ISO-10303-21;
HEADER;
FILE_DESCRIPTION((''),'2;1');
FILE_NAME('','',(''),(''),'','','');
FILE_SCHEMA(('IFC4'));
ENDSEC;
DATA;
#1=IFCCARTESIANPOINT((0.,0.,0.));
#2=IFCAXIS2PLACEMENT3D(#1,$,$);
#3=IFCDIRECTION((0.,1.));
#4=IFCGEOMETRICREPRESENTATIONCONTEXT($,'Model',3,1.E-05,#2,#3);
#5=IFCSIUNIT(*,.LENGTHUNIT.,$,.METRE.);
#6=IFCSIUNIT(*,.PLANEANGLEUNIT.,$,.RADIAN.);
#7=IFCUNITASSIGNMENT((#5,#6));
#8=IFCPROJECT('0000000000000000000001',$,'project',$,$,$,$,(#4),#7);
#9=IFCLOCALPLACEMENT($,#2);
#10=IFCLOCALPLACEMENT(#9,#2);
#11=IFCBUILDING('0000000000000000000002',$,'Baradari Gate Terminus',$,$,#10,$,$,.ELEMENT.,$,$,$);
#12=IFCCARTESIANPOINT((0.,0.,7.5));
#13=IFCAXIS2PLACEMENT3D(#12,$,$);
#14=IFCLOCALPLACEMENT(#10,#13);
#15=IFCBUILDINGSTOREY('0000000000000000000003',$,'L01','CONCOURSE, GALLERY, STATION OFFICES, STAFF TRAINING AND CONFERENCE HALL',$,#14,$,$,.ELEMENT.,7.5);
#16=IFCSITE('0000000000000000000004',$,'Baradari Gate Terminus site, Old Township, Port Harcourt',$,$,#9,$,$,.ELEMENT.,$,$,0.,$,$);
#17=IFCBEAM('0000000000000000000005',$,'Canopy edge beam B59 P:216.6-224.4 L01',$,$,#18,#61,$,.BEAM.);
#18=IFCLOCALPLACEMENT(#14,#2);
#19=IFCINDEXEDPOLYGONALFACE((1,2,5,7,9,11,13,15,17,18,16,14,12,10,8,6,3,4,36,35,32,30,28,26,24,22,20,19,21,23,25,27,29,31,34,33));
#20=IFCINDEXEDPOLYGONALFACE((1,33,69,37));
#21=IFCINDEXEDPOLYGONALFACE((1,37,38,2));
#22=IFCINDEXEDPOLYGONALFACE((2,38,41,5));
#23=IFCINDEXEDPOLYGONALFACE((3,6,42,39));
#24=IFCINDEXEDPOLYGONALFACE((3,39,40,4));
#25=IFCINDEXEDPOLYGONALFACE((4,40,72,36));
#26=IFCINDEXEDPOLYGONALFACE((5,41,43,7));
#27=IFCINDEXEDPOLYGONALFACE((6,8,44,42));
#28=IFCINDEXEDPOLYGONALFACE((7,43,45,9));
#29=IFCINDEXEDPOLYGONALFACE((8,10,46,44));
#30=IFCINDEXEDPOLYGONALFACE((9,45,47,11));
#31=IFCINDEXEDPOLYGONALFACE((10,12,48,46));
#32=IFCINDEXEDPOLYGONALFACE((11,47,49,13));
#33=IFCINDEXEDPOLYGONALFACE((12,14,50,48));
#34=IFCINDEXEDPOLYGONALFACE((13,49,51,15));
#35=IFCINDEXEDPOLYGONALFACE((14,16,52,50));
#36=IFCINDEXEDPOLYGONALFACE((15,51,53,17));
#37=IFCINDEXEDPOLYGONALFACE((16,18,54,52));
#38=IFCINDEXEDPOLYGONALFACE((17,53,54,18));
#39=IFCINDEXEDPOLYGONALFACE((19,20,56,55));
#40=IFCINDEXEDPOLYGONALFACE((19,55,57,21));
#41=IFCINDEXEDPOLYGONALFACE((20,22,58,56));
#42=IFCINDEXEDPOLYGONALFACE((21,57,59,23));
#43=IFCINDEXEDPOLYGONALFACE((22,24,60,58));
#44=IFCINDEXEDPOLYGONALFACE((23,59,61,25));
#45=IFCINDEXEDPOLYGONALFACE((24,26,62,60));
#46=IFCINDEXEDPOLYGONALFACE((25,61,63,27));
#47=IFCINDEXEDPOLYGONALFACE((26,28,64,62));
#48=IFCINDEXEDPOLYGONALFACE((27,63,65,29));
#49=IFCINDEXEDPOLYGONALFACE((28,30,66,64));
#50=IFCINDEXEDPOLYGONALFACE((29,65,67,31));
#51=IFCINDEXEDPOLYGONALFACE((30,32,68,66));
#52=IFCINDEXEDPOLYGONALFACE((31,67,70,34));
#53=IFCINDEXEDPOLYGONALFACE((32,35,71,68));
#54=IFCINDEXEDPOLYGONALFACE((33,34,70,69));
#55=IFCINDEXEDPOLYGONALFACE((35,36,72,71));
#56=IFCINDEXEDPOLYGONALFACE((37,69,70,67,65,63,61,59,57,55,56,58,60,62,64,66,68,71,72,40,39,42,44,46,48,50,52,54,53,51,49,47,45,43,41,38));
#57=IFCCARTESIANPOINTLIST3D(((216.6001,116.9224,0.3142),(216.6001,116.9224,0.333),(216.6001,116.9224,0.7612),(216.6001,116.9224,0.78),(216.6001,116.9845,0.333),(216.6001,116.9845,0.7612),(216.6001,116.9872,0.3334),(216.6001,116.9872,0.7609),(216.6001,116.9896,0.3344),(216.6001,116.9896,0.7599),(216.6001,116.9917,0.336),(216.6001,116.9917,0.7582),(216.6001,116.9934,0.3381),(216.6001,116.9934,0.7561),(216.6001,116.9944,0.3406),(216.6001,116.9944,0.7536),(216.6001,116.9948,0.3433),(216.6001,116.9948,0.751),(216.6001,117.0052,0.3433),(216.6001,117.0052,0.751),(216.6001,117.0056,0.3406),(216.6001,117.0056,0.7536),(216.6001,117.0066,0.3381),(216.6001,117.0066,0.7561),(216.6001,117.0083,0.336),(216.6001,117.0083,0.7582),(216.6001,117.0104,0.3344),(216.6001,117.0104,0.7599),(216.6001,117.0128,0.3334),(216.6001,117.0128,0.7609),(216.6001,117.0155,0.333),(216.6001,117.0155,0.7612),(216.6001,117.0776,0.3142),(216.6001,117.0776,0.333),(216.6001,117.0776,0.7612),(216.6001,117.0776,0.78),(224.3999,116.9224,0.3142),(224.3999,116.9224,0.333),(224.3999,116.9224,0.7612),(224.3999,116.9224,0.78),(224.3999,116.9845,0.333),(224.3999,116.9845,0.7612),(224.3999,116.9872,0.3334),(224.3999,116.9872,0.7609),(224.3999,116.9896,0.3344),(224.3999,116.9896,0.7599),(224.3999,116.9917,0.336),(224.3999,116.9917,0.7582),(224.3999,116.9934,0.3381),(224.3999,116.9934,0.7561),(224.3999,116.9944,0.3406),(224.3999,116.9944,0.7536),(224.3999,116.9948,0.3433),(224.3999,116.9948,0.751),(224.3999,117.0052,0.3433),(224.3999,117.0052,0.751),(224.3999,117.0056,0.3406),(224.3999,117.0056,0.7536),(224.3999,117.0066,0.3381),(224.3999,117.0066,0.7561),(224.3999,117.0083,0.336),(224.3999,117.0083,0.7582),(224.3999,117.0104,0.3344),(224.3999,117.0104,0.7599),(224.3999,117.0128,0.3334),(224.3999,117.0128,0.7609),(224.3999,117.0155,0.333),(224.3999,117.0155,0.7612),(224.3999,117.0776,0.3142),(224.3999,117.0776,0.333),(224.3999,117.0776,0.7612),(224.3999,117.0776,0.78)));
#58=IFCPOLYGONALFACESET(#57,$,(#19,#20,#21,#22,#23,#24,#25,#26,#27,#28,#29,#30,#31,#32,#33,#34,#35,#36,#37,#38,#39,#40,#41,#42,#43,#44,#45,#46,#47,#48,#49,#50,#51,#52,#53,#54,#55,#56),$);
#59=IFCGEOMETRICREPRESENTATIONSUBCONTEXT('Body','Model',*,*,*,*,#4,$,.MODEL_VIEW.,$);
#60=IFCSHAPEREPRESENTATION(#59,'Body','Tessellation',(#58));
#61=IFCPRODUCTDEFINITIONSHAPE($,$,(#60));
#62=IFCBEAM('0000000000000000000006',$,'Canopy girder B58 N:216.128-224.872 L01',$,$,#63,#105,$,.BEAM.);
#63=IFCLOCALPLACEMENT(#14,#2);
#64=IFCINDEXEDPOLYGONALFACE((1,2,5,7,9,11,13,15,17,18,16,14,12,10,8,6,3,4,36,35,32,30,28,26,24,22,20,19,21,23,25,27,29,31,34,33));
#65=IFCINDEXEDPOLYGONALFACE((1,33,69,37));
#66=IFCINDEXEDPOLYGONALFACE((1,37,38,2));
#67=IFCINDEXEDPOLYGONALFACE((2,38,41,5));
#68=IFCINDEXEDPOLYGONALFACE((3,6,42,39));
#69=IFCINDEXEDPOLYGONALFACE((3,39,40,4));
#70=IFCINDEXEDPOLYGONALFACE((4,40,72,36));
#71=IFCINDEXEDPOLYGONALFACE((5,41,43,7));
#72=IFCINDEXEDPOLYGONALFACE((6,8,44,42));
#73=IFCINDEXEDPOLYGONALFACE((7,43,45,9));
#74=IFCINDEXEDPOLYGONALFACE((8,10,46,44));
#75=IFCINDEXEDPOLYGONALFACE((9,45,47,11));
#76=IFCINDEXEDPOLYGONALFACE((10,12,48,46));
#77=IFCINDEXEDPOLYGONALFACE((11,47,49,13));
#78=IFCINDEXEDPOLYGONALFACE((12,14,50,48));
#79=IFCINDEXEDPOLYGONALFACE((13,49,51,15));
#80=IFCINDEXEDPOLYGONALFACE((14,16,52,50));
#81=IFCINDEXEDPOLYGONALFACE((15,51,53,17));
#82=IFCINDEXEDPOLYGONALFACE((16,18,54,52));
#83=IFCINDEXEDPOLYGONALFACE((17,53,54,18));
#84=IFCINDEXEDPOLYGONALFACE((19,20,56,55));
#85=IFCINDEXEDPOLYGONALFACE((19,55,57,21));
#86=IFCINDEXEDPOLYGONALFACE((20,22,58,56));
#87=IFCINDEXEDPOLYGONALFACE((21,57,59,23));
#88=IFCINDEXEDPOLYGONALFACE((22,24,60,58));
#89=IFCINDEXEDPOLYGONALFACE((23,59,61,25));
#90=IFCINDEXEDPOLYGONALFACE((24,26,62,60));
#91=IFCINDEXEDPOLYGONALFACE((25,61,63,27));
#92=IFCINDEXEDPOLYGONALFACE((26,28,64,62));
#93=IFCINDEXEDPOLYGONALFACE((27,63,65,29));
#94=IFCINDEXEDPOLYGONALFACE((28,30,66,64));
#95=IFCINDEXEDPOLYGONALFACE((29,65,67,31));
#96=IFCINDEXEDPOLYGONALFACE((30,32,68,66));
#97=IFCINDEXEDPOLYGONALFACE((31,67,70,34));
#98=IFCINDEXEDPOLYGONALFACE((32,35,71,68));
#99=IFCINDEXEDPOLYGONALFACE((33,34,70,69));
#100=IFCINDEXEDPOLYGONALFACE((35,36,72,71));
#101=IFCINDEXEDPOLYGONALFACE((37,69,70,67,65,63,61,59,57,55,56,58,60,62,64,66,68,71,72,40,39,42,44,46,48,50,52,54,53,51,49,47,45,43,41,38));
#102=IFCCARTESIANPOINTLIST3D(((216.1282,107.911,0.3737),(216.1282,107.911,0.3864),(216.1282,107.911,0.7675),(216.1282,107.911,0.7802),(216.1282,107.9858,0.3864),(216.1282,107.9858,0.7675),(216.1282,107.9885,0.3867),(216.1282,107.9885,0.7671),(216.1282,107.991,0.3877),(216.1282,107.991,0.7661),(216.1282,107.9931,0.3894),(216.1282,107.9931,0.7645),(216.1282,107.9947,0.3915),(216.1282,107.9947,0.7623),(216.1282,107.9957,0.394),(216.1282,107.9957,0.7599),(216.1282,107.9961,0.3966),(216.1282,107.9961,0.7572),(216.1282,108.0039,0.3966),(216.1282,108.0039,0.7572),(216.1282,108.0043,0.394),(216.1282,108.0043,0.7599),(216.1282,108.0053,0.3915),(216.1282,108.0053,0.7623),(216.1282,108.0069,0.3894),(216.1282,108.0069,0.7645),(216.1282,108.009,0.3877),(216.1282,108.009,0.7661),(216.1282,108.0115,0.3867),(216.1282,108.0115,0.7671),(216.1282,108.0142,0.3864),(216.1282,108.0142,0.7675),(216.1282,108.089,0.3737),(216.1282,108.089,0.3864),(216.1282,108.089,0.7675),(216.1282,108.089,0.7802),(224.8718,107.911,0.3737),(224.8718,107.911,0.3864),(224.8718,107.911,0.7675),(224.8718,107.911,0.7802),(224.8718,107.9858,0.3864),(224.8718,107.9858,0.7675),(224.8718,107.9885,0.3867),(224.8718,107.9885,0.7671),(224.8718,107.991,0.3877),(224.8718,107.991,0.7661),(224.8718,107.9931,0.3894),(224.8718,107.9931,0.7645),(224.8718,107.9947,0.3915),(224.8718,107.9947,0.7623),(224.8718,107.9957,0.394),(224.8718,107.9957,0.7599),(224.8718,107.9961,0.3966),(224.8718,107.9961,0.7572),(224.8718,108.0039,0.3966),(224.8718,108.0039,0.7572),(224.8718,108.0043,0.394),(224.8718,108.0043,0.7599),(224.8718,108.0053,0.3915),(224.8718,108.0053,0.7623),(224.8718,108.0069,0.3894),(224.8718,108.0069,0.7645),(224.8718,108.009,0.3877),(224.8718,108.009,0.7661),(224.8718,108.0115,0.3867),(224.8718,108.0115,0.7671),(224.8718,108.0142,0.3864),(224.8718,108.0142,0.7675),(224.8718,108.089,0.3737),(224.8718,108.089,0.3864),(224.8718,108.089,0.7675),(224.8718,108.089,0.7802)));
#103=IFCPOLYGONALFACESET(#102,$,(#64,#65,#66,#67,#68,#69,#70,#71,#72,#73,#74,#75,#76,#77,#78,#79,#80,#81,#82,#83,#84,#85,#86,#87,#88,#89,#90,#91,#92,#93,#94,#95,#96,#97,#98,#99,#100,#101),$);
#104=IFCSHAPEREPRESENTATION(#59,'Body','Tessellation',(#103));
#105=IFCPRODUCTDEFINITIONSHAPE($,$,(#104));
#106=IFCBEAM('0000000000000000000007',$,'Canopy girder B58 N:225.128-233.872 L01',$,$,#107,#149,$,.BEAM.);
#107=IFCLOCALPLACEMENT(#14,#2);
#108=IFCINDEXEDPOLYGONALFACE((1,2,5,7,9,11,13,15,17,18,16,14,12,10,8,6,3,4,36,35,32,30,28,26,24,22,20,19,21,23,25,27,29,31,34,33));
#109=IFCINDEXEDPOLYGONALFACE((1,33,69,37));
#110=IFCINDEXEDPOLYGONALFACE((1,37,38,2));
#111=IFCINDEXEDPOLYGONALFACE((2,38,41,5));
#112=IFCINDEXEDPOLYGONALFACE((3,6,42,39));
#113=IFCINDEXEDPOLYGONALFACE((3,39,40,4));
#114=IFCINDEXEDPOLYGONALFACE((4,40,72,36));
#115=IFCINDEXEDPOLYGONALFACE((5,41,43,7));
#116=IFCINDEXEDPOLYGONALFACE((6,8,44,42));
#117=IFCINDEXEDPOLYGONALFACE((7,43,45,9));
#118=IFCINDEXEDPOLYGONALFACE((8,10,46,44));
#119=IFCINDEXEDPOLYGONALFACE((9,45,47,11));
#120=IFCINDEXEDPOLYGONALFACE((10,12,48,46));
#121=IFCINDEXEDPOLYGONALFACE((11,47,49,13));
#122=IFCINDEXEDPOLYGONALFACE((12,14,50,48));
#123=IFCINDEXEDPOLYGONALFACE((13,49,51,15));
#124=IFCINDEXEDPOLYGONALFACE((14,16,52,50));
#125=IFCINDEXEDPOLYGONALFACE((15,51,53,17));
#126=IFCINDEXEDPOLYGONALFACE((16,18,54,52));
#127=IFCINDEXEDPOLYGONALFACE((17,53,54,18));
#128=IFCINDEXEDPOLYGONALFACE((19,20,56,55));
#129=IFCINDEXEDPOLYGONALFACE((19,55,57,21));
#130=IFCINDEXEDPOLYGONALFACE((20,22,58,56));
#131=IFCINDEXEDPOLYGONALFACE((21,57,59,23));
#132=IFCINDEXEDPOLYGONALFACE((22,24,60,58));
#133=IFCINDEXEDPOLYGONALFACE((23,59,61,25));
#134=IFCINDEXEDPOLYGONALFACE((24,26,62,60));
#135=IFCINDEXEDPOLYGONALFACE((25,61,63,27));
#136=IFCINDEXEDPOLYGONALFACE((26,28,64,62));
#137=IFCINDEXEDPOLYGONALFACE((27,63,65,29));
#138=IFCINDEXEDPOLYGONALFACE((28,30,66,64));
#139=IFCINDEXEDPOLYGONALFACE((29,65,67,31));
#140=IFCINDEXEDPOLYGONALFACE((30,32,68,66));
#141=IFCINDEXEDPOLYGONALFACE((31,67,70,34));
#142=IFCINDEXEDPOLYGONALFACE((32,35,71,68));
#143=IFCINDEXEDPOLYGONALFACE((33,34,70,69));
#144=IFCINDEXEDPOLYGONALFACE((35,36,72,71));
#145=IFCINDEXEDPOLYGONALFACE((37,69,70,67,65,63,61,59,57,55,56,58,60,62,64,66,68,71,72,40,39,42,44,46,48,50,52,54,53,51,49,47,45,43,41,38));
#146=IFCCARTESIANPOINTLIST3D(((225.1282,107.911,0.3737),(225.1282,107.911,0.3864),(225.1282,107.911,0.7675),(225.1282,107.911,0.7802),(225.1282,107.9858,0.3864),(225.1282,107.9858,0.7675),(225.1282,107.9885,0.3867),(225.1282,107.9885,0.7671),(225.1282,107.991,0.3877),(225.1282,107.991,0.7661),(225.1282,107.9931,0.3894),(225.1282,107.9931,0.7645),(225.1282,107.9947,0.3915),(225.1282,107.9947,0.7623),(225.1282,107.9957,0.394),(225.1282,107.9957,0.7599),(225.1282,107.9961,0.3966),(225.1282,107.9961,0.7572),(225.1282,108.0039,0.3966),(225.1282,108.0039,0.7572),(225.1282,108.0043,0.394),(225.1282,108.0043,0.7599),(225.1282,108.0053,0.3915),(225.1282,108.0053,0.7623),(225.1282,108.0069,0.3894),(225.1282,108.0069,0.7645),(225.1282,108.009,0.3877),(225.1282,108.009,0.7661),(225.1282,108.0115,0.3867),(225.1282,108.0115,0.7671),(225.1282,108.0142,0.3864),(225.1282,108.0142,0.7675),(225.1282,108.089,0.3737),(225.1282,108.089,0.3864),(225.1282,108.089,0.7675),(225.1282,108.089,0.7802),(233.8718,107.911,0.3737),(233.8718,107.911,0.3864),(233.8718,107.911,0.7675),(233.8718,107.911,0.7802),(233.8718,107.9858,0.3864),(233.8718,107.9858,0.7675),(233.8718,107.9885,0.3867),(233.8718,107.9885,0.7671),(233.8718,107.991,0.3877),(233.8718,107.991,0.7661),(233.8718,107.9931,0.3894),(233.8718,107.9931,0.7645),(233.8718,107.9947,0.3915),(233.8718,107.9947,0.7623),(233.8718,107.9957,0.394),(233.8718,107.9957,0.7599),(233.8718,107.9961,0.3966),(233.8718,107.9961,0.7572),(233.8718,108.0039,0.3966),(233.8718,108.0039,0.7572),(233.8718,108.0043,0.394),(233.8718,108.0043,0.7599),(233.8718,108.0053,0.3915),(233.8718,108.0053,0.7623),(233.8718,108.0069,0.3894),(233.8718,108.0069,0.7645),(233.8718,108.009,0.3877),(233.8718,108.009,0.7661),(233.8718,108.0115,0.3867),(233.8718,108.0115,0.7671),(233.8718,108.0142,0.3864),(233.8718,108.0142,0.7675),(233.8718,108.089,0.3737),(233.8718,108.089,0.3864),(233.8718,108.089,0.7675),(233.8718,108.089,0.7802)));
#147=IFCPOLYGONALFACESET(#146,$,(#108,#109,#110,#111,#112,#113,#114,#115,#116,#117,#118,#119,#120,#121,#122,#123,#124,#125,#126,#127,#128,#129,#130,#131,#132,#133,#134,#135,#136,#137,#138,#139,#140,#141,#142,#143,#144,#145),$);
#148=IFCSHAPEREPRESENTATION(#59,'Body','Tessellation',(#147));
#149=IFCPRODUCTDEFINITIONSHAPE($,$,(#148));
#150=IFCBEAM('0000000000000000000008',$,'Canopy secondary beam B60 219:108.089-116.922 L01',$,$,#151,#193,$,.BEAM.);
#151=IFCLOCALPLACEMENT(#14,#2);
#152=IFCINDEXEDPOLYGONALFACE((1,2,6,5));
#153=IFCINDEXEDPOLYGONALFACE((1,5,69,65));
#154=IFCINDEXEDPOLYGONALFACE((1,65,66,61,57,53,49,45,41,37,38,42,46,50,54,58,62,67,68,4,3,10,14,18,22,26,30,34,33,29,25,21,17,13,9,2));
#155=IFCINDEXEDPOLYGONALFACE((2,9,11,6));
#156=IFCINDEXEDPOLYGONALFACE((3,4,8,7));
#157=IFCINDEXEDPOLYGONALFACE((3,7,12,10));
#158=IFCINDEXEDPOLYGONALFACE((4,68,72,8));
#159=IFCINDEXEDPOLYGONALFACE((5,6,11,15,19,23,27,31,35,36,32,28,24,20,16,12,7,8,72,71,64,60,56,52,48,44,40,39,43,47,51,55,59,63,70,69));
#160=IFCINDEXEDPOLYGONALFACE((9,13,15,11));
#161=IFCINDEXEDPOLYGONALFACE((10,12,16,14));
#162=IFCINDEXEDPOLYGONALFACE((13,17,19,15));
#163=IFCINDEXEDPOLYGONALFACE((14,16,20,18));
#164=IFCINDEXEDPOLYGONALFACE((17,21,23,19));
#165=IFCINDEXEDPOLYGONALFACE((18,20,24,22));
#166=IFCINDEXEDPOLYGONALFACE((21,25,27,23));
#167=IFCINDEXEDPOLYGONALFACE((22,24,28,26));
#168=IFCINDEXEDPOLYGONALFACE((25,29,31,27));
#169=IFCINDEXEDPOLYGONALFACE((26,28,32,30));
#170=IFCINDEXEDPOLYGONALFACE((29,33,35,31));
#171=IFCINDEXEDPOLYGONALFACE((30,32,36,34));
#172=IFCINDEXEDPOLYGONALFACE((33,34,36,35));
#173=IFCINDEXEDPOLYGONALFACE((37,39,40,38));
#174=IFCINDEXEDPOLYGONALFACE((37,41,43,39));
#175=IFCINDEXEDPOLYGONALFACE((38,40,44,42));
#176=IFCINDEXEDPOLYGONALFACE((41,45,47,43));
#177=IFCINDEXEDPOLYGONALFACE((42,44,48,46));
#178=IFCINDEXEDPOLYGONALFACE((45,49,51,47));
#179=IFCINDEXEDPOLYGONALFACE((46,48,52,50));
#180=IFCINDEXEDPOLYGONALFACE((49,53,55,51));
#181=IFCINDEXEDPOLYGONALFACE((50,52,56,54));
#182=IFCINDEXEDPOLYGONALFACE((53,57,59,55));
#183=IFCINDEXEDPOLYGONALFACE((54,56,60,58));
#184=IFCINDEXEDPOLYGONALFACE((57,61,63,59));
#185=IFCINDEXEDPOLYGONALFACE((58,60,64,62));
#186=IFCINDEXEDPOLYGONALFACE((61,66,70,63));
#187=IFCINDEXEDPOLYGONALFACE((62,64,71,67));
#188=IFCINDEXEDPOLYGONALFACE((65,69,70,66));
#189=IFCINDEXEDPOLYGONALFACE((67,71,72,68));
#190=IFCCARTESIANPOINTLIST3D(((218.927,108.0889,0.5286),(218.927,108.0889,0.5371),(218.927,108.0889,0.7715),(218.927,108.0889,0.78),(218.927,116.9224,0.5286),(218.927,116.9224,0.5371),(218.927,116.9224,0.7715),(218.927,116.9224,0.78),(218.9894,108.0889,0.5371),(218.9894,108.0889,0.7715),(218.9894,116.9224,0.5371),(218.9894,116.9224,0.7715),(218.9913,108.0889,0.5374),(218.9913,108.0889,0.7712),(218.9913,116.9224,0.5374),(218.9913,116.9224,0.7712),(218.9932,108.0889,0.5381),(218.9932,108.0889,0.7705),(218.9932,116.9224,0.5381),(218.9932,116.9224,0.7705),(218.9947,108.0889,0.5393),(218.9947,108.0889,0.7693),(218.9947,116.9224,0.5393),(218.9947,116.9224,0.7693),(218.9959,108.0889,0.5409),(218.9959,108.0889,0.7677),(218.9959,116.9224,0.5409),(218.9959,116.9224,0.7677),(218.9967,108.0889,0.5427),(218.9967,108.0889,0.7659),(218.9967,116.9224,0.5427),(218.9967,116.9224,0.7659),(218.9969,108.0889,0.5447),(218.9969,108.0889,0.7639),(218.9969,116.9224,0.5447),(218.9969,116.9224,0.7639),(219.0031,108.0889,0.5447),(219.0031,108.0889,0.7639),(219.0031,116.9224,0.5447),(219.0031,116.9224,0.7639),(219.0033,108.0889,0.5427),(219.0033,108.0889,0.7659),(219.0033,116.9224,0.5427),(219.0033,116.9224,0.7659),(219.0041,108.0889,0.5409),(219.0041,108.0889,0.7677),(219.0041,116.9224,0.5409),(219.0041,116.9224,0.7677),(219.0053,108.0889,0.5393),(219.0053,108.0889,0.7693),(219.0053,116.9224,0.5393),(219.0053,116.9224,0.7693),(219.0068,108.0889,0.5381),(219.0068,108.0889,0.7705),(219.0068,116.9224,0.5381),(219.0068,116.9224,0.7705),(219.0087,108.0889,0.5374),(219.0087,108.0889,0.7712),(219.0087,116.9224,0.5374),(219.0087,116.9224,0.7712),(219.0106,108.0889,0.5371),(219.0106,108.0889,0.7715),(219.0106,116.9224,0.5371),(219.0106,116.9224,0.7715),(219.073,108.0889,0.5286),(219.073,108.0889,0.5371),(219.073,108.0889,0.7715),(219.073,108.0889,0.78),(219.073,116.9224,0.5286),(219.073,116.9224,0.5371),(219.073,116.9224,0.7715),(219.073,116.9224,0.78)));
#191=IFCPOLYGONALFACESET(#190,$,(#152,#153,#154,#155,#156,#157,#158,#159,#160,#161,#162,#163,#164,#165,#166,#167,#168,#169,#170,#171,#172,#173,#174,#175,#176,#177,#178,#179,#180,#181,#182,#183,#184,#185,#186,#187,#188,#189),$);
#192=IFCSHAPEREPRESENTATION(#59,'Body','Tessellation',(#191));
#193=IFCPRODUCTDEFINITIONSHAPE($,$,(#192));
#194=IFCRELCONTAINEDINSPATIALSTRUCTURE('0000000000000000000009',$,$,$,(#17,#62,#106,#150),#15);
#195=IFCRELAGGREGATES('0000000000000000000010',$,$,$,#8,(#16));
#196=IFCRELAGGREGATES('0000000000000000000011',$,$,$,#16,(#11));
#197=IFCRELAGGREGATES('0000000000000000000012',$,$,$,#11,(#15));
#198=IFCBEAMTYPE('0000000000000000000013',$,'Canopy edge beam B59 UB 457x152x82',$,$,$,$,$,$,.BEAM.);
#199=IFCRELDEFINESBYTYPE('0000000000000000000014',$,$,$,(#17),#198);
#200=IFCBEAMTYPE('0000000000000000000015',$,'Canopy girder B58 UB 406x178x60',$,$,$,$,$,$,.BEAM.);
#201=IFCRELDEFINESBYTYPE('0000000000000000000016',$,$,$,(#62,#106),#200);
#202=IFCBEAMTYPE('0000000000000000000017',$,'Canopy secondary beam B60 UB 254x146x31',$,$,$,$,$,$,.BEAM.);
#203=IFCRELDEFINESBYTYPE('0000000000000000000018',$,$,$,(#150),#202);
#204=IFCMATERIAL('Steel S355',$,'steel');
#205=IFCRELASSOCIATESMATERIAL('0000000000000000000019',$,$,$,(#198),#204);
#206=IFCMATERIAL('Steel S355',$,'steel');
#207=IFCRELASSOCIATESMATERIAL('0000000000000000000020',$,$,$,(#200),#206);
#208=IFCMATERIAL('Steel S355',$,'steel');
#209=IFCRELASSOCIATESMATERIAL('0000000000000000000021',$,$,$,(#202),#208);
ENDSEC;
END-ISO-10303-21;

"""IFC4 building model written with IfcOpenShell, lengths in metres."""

from ifc_helpers import new_model, si_unit, direction, frame, origin, origin_2d, place, context, subcontext, project, spatial, i_section, extrude, material, material_profile, profile_set, type_object, element, save


model = new_model("IFC4")

# Units and contexts
model_context = context("Model", 3, precision=1e-05, world=origin(), true_north=direction((0.0, 1.0)))
body_context = subcontext(model_context, "Body", "Model", "MODEL_VIEW")
ifc_project = project(units=[si_unit("LENGTHUNIT", "METRE"), si_unit("PLANEANGLEUNIT", "RADIAN")], contexts=[model_context])

# Site, building, storey
site_placement = place(None, origin())
site = spatial("IfcSite", under=ifc_project, at=site_placement, Name="Baradari Gate Terminus site, Old Township, Port Harcourt", CompositionType="ELEMENT", RefElevation=0.0)
building_placement = place(site_placement, origin())
building = spatial("IfcBuilding", under=site, at=building_placement, Name="Baradari Gate Terminus", CompositionType="ELEMENT")
storey_placement = place(building_placement, frame((0.0, 0.0, 7.5)))
storey = spatial("IfcBuildingStorey", under=building, at=storey_placement, Name="L01", Description="CONCOURSE, GALLERY, STATION OFFICES, STAFF TRAINING AND CONFERENCE HALL", CompositionType="ELEMENT", Elevation=7.5)

# Beams
ifc_material_1 = material(Name="Steel S355", Category="steel")
ifc_material_profile_1 = material_profile(ifc_material_1, i_section(OverallWidth=0.1553, OverallDepth=0.4658, WebThickness=0.0105, FlangeThickness=0.0188, FilletRadius=0.0103, at=origin_2d()), Name="UB 457x152x82")
ifc_profile_set_1 = profile_set([ifc_material_profile_1], Name="Steel S355")
beam_type_1 = type_object("IfcBeamType", Name="Canopy edge beam B59 UB 457x152x82", PredefinedType="BEAM", material=ifc_profile_set_1)
beam_1_placement = place(storey_placement, frame((216.6001, 117.0, 0.5471), z_axis=(1.0, 0.0, 0.0), x_axis=(0.0, 1.0, 0.0)))
element("IfcBeam", 1, at=beam_1_placement, inside=storey, type_object=beam_type_1, Name="Canopy edge beam B59 P:216.6-224.4 L01", PredefinedType="BEAM", context=body_context, shape_type="SweptSolid", body=[
    extrude(i_section(OverallWidth=0.1553, OverallDepth=0.4658, WebThickness=0.0105, FlangeThickness=0.0188, FilletRadius=0.0103, at=origin_2d()), origin(), (0.0, 0.0, 1.0), 7.7998),
])
ifc_material_2 = material(Name="Steel S355", Category="steel")
ifc_material_profile_2 = material_profile(ifc_material_2, i_section(OverallWidth=0.178, OverallDepth=0.4065, WebThickness=0.0078, FlangeThickness=0.0127, FilletRadius=0.0103, at=origin_2d()), Name="UB 406x178x60")
ifc_profile_set_2 = profile_set([ifc_material_profile_2], Name="Steel S355")
beam_type_2 = type_object("IfcBeamType", Name="Canopy girder B58 UB 406x178x60", PredefinedType="BEAM", material=ifc_profile_set_2)
for number, where, z_axis, x_axis, name in (
    (2, (216.1282, 108.0, 0.5769), (1.0, 0.0, 0.0), (0.0, 1.0, 0.0), "Canopy girder B58 N:216.128-224.872 L01"),
    (3, (225.1282, 108.0, 0.5769), (1.0, 0.0, 0.0), (0.0, 1.0, 0.0), "Canopy girder B58 N:225.128-233.872 L01"),
):
    element("IfcBeam", number, at=place(storey_placement, frame(where, z_axis=z_axis, x_axis=x_axis)), inside=storey, type_object=beam_type_2, Name=name, PredefinedType="BEAM", context=body_context, shape_type="SweptSolid", body=[
        extrude(i_section(OverallWidth=0.178, OverallDepth=0.4065, WebThickness=0.0078, FlangeThickness=0.0127, FilletRadius=0.0103, at=origin_2d()), origin(), (0.0, 0.0, 1.0), 8.7437),
    ])
ifc_material_3 = material(Name="Steel S355", Category="steel")
ifc_material_profile_3 = material_profile(ifc_material_3, i_section(OverallWidth=0.146, OverallDepth=0.2515, WebThickness=0.0061, FlangeThickness=0.0085, FilletRadius=0.0076, at=origin_2d()), Name="UB 254x146x31")
ifc_profile_set_3 = profile_set([ifc_material_profile_3], Name="Steel S355")
beam_type_3 = type_object("IfcBeamType", Name="Canopy secondary beam B60 UB 254x146x31", PredefinedType="BEAM", material=ifc_profile_set_3)
for number, where, z_axis, x_axis, name in (
    (4, (219.0, 108.0889, 0.6543), (0.0, 1.0, 0.0), (-1.0, 0.0, 0.0), "Canopy secondary beam B60 219:108.089-116.922 L01"),
):
    element("IfcBeam", number, at=place(storey_placement, frame(where, z_axis=z_axis, x_axis=x_axis)), inside=storey, type_object=beam_type_3, Name=name, PredefinedType="BEAM", context=body_context, shape_type="SweptSolid", body=[
        extrude(i_section(OverallWidth=0.146, OverallDepth=0.2515, WebThickness=0.0061, FlangeThickness=0.0085, FilletRadius=0.0076, at=origin_2d()), origin(), (0.0, 0.0, 1.0), 8.8335),
    ])

save(model, "model.ifc")
